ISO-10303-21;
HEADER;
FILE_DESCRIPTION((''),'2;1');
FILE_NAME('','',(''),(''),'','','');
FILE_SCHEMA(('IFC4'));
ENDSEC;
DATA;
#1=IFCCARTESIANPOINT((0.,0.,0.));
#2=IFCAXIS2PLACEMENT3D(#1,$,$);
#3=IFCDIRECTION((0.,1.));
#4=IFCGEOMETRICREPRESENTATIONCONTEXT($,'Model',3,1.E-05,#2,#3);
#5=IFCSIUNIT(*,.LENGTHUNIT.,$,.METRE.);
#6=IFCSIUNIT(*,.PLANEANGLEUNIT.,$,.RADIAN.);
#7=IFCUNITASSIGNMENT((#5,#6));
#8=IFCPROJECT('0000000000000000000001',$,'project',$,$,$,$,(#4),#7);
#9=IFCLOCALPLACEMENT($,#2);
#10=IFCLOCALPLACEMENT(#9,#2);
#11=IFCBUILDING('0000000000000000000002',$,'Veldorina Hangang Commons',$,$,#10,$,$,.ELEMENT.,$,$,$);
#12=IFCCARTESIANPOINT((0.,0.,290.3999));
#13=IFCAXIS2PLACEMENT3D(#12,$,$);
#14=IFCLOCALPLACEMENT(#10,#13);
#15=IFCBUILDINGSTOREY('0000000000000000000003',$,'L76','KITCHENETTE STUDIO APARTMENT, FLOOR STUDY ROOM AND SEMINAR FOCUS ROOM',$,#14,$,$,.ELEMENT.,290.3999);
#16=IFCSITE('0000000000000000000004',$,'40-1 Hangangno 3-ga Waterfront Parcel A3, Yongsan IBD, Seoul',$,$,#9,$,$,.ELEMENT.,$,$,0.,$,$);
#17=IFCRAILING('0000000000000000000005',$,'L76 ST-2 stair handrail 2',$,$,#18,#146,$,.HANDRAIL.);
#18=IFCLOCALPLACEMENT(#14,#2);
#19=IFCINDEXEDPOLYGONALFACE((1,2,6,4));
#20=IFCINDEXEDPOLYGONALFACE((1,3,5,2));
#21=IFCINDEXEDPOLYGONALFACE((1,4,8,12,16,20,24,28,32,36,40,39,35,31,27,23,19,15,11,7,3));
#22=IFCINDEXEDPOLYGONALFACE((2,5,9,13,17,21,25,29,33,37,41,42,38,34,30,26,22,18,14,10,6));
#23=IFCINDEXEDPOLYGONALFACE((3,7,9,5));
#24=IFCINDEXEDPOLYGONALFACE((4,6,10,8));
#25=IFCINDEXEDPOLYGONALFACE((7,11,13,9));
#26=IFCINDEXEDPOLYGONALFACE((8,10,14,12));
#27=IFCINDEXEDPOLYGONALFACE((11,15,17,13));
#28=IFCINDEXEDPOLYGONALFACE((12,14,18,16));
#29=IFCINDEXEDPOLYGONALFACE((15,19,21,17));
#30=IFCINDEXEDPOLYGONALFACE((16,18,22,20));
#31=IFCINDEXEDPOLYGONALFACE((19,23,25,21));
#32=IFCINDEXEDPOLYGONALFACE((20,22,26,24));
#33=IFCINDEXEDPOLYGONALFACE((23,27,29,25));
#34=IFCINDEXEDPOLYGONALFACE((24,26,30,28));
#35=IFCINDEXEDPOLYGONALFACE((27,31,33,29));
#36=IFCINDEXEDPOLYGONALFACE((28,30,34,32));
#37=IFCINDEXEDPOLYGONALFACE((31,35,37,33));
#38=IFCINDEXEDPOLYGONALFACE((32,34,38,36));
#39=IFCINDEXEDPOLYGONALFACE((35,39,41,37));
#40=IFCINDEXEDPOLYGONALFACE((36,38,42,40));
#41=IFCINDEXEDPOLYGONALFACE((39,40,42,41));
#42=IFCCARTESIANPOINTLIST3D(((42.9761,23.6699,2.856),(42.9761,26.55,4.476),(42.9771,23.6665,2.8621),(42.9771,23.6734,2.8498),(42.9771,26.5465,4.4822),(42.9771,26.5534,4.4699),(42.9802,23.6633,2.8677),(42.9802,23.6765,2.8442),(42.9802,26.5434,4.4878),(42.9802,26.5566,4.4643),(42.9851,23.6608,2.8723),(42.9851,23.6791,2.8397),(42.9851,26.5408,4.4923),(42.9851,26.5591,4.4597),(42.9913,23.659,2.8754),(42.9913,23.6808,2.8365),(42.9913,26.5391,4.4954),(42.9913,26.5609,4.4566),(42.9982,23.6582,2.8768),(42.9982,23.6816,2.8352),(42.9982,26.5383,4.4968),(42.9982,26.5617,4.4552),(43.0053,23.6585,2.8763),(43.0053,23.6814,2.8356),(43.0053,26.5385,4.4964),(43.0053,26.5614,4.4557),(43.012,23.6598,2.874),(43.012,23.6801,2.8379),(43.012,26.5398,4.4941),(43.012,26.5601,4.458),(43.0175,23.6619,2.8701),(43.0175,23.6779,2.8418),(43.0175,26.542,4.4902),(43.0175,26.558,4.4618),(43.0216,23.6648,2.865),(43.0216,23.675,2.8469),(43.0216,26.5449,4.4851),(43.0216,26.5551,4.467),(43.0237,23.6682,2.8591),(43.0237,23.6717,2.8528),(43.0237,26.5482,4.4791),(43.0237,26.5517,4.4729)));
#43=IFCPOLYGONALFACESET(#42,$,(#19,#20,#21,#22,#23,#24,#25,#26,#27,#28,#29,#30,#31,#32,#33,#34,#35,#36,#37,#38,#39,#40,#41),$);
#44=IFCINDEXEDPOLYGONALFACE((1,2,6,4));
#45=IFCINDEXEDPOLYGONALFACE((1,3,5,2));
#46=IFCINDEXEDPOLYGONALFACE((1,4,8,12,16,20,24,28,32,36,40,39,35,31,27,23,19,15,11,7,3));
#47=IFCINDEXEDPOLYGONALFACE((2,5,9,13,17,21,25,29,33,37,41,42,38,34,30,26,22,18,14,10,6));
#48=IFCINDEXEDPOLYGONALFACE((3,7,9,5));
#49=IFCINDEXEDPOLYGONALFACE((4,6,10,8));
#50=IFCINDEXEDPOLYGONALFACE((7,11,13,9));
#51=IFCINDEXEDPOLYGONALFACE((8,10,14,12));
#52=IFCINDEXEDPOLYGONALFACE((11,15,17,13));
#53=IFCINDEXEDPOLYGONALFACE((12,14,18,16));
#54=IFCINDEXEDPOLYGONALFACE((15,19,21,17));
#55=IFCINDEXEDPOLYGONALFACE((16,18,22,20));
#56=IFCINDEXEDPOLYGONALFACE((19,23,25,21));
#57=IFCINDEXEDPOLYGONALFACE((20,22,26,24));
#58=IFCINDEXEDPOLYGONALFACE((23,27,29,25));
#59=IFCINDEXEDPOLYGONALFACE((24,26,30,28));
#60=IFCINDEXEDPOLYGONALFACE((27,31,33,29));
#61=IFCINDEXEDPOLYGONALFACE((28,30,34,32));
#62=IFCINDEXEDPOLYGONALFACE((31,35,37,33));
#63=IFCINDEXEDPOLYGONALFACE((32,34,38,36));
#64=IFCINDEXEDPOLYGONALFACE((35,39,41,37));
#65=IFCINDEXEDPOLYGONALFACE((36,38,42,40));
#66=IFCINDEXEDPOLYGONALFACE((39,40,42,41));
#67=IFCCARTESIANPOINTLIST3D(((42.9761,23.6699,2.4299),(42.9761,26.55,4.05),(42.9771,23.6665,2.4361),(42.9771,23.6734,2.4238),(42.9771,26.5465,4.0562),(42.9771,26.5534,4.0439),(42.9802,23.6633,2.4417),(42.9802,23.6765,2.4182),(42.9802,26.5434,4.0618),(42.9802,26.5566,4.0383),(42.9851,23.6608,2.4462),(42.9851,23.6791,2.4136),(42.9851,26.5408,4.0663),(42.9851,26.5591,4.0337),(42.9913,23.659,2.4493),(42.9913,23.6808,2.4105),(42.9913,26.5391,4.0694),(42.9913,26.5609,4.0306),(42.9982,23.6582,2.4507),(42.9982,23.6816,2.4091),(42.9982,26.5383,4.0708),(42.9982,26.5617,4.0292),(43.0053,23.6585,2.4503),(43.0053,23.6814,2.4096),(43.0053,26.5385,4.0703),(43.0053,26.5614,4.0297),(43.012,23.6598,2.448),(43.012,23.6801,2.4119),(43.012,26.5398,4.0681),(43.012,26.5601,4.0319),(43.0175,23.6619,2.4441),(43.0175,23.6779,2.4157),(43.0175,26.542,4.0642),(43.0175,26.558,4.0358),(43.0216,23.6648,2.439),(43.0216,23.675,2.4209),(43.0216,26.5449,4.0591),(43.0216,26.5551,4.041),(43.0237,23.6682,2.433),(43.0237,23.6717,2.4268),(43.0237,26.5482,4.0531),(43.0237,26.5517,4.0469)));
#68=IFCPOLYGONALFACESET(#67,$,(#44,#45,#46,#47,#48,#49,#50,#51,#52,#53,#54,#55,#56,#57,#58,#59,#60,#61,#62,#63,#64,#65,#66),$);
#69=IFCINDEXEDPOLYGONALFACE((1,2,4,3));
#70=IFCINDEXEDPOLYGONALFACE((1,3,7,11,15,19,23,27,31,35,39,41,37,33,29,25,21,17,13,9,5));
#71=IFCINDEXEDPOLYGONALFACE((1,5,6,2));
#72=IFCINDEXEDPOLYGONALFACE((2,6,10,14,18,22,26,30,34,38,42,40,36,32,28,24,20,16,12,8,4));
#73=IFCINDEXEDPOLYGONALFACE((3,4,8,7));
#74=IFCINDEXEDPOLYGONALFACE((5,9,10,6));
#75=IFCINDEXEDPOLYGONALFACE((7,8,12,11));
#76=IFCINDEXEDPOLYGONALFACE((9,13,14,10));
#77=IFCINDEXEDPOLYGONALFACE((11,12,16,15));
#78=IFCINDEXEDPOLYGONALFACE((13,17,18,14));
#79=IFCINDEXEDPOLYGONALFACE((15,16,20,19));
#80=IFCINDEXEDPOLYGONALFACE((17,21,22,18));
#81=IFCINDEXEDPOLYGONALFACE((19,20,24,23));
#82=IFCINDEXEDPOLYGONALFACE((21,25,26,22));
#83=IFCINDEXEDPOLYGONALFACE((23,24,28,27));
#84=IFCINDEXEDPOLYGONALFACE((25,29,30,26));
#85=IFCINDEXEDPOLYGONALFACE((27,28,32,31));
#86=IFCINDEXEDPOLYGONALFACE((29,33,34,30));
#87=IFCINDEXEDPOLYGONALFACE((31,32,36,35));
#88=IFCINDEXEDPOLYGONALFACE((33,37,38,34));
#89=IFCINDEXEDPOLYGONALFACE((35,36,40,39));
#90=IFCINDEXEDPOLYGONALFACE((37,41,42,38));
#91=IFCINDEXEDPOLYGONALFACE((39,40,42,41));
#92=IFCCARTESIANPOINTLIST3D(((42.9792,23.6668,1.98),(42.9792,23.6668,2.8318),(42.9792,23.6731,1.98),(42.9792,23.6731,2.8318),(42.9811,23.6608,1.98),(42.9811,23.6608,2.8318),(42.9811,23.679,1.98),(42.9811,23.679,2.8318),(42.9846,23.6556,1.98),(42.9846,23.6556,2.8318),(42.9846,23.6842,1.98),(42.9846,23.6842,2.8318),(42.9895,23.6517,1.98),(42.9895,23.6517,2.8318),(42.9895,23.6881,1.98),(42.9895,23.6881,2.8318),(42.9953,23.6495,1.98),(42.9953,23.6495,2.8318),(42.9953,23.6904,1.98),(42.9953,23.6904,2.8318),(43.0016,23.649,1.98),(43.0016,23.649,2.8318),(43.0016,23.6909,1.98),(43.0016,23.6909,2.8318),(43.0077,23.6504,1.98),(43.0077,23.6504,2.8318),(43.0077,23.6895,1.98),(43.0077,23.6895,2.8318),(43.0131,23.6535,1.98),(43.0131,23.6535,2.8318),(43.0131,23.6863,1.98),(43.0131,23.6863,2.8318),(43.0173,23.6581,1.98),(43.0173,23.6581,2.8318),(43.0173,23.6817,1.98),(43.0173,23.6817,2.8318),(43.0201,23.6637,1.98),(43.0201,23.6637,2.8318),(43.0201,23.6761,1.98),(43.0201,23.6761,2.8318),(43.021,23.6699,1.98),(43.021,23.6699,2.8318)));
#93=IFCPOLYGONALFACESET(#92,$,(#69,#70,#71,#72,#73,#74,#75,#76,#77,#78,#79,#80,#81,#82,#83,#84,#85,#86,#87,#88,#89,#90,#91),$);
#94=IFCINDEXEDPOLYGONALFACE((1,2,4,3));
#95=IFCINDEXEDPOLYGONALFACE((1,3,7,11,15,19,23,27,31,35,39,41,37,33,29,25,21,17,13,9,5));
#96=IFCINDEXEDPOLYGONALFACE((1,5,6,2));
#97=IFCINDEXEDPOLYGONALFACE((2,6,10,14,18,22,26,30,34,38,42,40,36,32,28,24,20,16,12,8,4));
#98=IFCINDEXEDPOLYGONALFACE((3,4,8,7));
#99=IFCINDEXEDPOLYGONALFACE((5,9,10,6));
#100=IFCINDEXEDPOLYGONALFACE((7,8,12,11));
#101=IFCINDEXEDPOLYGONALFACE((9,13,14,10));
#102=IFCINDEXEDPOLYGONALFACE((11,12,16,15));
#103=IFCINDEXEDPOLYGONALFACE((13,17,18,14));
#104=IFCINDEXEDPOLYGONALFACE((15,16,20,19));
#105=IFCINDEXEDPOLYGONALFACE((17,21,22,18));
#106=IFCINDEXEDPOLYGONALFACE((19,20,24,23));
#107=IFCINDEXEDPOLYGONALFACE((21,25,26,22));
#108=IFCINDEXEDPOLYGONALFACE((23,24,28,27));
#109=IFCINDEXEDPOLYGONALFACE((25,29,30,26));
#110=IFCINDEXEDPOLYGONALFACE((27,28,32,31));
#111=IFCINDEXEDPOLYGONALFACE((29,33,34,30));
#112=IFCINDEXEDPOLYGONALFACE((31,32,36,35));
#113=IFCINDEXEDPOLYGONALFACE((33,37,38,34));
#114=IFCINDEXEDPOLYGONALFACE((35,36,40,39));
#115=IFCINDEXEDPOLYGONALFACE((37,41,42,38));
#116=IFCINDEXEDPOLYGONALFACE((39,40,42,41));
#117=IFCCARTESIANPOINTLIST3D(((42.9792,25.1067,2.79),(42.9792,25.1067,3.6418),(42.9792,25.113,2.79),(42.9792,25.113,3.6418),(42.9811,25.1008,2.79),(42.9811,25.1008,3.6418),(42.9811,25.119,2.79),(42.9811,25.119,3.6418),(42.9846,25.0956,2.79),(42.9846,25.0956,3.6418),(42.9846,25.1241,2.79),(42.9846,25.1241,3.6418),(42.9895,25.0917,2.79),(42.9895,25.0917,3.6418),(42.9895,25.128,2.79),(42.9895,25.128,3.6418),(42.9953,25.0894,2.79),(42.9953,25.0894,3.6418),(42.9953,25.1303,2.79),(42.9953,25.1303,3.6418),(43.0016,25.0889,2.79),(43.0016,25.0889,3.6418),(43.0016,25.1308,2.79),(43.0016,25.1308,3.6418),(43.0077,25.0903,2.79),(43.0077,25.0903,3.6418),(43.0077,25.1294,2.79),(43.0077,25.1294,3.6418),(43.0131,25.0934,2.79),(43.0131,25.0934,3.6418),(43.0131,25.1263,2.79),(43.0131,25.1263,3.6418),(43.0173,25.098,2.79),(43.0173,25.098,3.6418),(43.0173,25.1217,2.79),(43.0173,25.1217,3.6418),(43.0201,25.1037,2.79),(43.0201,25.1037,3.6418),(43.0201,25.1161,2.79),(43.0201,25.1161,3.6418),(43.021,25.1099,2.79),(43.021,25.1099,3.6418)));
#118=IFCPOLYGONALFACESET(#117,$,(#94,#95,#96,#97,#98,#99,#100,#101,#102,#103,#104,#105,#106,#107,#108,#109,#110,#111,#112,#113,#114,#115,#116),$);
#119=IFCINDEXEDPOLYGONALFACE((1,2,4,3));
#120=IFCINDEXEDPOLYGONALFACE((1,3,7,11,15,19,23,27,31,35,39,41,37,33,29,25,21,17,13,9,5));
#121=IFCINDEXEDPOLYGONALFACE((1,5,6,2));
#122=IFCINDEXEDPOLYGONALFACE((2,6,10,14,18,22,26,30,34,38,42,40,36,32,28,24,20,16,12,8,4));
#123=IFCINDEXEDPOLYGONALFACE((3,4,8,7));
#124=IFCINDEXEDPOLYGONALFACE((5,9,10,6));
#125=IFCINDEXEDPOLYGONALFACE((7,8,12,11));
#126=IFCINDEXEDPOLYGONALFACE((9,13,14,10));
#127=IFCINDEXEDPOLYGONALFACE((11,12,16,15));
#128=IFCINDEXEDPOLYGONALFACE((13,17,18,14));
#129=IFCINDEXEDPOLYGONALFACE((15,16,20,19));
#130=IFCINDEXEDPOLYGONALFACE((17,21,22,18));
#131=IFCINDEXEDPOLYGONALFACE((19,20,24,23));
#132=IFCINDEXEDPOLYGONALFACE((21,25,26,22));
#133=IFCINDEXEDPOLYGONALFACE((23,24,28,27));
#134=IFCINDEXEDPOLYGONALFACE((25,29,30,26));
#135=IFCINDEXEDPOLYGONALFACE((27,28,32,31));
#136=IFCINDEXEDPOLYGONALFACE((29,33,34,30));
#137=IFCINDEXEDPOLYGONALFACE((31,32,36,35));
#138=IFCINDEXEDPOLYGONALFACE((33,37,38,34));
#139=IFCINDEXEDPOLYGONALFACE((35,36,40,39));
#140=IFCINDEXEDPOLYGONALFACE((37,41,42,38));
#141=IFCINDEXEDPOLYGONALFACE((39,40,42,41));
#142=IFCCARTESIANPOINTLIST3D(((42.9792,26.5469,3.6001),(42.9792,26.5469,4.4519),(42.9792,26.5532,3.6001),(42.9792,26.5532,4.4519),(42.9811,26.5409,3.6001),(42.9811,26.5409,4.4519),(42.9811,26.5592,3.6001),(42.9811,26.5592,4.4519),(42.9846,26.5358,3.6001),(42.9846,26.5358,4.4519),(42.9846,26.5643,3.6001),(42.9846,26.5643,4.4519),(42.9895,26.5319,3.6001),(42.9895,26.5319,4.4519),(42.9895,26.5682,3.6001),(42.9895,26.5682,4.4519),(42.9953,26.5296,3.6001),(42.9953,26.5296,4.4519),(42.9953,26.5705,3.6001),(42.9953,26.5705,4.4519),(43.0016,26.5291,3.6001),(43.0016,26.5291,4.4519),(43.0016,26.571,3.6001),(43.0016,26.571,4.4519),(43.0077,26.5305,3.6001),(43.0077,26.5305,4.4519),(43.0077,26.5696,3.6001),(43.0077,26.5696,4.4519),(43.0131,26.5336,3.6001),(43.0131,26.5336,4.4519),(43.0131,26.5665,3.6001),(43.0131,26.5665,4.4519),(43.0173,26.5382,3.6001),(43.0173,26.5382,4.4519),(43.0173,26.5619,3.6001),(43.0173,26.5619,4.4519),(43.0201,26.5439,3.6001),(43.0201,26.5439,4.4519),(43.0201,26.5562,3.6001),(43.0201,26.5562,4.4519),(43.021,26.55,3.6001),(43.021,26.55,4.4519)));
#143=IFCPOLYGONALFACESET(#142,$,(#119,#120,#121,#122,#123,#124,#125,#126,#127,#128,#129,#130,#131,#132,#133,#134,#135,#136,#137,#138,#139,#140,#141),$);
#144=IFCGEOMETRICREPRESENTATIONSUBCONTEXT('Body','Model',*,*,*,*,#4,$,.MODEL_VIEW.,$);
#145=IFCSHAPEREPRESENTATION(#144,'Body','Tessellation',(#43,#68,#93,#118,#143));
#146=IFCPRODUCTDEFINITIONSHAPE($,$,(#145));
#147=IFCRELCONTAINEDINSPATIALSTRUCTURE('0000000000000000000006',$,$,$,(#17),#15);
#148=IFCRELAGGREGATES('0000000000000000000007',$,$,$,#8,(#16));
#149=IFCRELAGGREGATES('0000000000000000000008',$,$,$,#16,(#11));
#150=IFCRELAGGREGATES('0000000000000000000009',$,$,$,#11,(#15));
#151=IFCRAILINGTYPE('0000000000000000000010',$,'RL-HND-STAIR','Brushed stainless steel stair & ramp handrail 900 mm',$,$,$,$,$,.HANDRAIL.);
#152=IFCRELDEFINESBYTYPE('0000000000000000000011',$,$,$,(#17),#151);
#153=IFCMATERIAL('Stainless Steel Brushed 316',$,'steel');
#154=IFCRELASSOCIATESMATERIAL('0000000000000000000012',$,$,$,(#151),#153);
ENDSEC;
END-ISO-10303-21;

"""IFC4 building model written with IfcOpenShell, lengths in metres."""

from ifc_helpers import new_model, si_unit, direction, frame, origin, origin_2d, place, context, subcontext, project, spatial, circle, extrude, material, type_object, element, save


model = new_model("IFC4")

# Units and contexts
model_context = context("Model", 3, precision=1e-05, world=origin(), true_north=direction((0.0, 1.0)))
body_context = subcontext(model_context, "Body", "Model", "MODEL_VIEW")
ifc_project = project(units=[si_unit("LENGTHUNIT", "METRE"), si_unit("PLANEANGLEUNIT", "RADIAN")], contexts=[model_context])

# Site, building, storey
site_placement = place(None, origin())
site = spatial("IfcSite", under=ifc_project, at=site_placement, Name="40-1 Hangangno 3-ga Waterfront Parcel A3, Yongsan IBD, Seoul", CompositionType="ELEMENT", RefElevation=0.0)
building_placement = place(site_placement, origin())
building = spatial("IfcBuilding", under=site, at=building_placement, Name="Veldorina Hangang Commons", CompositionType="ELEMENT")
storey_placement = place(building_placement, frame((0.0, 0.0, 290.3999)))
storey = spatial("IfcBuildingStorey", under=building, at=storey_placement, Name="L76", Description="KITCHENETTE STUDIO APARTMENT, FLOOR STUDY ROOM AND SEMINAR FOCUS ROOM", CompositionType="ELEMENT", Elevation=290.3999)

# Railing
ifc_material_1 = material(Name="Stainless Steel Brushed 316", Category="steel")
railing_type_1 = type_object("IfcRailingType", Name="RL-HND-STAIR", Description="Brushed stainless steel stair & ramp handrail 900 mm", PredefinedType="HANDRAIL", material=ifc_material_1)
railing_1_placement = place(storey_placement, frame((43.0, 23.6699, 1.98)))
element("IfcRailing", 1, at=railing_1_placement, inside=storey, type_object=railing_type_1, Name="L76 ST-2 stair handrail 2", PredefinedType="HANDRAIL", context=body_context, shape_type="SweptSolid", body=[
    extrude(circle(Radius=0.0239, at=origin_2d()), frame((0.0, 0.0, 0.876), z_axis=(0.0, 0.87157, 0.490272), x_axis=(-1.0, 0.0, 0.0)), (0.0, 0.0, 1.0), 3.3044),
    extrude(circle(Radius=0.0239, at=origin_2d()), frame((0.0, 0.0, 0.45), z_axis=(0.0, 0.87157, 0.490272), x_axis=(-1.0, 0.0, 0.0)), (0.0, 0.0, 1.0), 3.3044),
    extrude(circle(Radius=0.021, at=origin_2d()), origin(), (0.0, 0.0, 1.0), 0.8518),
    extrude(circle(Radius=0.021, at=origin_2d()), frame((0.0, 1.4399, 0.8101)), (0.0, 0.0, 1.0), 0.8518),
    extrude(circle(Radius=0.021, at=origin_2d()), frame((0.0, 2.8801, 1.6201)), (0.0, 0.0, 1.0), 0.8518),
])

save(model, "model.ifc")
